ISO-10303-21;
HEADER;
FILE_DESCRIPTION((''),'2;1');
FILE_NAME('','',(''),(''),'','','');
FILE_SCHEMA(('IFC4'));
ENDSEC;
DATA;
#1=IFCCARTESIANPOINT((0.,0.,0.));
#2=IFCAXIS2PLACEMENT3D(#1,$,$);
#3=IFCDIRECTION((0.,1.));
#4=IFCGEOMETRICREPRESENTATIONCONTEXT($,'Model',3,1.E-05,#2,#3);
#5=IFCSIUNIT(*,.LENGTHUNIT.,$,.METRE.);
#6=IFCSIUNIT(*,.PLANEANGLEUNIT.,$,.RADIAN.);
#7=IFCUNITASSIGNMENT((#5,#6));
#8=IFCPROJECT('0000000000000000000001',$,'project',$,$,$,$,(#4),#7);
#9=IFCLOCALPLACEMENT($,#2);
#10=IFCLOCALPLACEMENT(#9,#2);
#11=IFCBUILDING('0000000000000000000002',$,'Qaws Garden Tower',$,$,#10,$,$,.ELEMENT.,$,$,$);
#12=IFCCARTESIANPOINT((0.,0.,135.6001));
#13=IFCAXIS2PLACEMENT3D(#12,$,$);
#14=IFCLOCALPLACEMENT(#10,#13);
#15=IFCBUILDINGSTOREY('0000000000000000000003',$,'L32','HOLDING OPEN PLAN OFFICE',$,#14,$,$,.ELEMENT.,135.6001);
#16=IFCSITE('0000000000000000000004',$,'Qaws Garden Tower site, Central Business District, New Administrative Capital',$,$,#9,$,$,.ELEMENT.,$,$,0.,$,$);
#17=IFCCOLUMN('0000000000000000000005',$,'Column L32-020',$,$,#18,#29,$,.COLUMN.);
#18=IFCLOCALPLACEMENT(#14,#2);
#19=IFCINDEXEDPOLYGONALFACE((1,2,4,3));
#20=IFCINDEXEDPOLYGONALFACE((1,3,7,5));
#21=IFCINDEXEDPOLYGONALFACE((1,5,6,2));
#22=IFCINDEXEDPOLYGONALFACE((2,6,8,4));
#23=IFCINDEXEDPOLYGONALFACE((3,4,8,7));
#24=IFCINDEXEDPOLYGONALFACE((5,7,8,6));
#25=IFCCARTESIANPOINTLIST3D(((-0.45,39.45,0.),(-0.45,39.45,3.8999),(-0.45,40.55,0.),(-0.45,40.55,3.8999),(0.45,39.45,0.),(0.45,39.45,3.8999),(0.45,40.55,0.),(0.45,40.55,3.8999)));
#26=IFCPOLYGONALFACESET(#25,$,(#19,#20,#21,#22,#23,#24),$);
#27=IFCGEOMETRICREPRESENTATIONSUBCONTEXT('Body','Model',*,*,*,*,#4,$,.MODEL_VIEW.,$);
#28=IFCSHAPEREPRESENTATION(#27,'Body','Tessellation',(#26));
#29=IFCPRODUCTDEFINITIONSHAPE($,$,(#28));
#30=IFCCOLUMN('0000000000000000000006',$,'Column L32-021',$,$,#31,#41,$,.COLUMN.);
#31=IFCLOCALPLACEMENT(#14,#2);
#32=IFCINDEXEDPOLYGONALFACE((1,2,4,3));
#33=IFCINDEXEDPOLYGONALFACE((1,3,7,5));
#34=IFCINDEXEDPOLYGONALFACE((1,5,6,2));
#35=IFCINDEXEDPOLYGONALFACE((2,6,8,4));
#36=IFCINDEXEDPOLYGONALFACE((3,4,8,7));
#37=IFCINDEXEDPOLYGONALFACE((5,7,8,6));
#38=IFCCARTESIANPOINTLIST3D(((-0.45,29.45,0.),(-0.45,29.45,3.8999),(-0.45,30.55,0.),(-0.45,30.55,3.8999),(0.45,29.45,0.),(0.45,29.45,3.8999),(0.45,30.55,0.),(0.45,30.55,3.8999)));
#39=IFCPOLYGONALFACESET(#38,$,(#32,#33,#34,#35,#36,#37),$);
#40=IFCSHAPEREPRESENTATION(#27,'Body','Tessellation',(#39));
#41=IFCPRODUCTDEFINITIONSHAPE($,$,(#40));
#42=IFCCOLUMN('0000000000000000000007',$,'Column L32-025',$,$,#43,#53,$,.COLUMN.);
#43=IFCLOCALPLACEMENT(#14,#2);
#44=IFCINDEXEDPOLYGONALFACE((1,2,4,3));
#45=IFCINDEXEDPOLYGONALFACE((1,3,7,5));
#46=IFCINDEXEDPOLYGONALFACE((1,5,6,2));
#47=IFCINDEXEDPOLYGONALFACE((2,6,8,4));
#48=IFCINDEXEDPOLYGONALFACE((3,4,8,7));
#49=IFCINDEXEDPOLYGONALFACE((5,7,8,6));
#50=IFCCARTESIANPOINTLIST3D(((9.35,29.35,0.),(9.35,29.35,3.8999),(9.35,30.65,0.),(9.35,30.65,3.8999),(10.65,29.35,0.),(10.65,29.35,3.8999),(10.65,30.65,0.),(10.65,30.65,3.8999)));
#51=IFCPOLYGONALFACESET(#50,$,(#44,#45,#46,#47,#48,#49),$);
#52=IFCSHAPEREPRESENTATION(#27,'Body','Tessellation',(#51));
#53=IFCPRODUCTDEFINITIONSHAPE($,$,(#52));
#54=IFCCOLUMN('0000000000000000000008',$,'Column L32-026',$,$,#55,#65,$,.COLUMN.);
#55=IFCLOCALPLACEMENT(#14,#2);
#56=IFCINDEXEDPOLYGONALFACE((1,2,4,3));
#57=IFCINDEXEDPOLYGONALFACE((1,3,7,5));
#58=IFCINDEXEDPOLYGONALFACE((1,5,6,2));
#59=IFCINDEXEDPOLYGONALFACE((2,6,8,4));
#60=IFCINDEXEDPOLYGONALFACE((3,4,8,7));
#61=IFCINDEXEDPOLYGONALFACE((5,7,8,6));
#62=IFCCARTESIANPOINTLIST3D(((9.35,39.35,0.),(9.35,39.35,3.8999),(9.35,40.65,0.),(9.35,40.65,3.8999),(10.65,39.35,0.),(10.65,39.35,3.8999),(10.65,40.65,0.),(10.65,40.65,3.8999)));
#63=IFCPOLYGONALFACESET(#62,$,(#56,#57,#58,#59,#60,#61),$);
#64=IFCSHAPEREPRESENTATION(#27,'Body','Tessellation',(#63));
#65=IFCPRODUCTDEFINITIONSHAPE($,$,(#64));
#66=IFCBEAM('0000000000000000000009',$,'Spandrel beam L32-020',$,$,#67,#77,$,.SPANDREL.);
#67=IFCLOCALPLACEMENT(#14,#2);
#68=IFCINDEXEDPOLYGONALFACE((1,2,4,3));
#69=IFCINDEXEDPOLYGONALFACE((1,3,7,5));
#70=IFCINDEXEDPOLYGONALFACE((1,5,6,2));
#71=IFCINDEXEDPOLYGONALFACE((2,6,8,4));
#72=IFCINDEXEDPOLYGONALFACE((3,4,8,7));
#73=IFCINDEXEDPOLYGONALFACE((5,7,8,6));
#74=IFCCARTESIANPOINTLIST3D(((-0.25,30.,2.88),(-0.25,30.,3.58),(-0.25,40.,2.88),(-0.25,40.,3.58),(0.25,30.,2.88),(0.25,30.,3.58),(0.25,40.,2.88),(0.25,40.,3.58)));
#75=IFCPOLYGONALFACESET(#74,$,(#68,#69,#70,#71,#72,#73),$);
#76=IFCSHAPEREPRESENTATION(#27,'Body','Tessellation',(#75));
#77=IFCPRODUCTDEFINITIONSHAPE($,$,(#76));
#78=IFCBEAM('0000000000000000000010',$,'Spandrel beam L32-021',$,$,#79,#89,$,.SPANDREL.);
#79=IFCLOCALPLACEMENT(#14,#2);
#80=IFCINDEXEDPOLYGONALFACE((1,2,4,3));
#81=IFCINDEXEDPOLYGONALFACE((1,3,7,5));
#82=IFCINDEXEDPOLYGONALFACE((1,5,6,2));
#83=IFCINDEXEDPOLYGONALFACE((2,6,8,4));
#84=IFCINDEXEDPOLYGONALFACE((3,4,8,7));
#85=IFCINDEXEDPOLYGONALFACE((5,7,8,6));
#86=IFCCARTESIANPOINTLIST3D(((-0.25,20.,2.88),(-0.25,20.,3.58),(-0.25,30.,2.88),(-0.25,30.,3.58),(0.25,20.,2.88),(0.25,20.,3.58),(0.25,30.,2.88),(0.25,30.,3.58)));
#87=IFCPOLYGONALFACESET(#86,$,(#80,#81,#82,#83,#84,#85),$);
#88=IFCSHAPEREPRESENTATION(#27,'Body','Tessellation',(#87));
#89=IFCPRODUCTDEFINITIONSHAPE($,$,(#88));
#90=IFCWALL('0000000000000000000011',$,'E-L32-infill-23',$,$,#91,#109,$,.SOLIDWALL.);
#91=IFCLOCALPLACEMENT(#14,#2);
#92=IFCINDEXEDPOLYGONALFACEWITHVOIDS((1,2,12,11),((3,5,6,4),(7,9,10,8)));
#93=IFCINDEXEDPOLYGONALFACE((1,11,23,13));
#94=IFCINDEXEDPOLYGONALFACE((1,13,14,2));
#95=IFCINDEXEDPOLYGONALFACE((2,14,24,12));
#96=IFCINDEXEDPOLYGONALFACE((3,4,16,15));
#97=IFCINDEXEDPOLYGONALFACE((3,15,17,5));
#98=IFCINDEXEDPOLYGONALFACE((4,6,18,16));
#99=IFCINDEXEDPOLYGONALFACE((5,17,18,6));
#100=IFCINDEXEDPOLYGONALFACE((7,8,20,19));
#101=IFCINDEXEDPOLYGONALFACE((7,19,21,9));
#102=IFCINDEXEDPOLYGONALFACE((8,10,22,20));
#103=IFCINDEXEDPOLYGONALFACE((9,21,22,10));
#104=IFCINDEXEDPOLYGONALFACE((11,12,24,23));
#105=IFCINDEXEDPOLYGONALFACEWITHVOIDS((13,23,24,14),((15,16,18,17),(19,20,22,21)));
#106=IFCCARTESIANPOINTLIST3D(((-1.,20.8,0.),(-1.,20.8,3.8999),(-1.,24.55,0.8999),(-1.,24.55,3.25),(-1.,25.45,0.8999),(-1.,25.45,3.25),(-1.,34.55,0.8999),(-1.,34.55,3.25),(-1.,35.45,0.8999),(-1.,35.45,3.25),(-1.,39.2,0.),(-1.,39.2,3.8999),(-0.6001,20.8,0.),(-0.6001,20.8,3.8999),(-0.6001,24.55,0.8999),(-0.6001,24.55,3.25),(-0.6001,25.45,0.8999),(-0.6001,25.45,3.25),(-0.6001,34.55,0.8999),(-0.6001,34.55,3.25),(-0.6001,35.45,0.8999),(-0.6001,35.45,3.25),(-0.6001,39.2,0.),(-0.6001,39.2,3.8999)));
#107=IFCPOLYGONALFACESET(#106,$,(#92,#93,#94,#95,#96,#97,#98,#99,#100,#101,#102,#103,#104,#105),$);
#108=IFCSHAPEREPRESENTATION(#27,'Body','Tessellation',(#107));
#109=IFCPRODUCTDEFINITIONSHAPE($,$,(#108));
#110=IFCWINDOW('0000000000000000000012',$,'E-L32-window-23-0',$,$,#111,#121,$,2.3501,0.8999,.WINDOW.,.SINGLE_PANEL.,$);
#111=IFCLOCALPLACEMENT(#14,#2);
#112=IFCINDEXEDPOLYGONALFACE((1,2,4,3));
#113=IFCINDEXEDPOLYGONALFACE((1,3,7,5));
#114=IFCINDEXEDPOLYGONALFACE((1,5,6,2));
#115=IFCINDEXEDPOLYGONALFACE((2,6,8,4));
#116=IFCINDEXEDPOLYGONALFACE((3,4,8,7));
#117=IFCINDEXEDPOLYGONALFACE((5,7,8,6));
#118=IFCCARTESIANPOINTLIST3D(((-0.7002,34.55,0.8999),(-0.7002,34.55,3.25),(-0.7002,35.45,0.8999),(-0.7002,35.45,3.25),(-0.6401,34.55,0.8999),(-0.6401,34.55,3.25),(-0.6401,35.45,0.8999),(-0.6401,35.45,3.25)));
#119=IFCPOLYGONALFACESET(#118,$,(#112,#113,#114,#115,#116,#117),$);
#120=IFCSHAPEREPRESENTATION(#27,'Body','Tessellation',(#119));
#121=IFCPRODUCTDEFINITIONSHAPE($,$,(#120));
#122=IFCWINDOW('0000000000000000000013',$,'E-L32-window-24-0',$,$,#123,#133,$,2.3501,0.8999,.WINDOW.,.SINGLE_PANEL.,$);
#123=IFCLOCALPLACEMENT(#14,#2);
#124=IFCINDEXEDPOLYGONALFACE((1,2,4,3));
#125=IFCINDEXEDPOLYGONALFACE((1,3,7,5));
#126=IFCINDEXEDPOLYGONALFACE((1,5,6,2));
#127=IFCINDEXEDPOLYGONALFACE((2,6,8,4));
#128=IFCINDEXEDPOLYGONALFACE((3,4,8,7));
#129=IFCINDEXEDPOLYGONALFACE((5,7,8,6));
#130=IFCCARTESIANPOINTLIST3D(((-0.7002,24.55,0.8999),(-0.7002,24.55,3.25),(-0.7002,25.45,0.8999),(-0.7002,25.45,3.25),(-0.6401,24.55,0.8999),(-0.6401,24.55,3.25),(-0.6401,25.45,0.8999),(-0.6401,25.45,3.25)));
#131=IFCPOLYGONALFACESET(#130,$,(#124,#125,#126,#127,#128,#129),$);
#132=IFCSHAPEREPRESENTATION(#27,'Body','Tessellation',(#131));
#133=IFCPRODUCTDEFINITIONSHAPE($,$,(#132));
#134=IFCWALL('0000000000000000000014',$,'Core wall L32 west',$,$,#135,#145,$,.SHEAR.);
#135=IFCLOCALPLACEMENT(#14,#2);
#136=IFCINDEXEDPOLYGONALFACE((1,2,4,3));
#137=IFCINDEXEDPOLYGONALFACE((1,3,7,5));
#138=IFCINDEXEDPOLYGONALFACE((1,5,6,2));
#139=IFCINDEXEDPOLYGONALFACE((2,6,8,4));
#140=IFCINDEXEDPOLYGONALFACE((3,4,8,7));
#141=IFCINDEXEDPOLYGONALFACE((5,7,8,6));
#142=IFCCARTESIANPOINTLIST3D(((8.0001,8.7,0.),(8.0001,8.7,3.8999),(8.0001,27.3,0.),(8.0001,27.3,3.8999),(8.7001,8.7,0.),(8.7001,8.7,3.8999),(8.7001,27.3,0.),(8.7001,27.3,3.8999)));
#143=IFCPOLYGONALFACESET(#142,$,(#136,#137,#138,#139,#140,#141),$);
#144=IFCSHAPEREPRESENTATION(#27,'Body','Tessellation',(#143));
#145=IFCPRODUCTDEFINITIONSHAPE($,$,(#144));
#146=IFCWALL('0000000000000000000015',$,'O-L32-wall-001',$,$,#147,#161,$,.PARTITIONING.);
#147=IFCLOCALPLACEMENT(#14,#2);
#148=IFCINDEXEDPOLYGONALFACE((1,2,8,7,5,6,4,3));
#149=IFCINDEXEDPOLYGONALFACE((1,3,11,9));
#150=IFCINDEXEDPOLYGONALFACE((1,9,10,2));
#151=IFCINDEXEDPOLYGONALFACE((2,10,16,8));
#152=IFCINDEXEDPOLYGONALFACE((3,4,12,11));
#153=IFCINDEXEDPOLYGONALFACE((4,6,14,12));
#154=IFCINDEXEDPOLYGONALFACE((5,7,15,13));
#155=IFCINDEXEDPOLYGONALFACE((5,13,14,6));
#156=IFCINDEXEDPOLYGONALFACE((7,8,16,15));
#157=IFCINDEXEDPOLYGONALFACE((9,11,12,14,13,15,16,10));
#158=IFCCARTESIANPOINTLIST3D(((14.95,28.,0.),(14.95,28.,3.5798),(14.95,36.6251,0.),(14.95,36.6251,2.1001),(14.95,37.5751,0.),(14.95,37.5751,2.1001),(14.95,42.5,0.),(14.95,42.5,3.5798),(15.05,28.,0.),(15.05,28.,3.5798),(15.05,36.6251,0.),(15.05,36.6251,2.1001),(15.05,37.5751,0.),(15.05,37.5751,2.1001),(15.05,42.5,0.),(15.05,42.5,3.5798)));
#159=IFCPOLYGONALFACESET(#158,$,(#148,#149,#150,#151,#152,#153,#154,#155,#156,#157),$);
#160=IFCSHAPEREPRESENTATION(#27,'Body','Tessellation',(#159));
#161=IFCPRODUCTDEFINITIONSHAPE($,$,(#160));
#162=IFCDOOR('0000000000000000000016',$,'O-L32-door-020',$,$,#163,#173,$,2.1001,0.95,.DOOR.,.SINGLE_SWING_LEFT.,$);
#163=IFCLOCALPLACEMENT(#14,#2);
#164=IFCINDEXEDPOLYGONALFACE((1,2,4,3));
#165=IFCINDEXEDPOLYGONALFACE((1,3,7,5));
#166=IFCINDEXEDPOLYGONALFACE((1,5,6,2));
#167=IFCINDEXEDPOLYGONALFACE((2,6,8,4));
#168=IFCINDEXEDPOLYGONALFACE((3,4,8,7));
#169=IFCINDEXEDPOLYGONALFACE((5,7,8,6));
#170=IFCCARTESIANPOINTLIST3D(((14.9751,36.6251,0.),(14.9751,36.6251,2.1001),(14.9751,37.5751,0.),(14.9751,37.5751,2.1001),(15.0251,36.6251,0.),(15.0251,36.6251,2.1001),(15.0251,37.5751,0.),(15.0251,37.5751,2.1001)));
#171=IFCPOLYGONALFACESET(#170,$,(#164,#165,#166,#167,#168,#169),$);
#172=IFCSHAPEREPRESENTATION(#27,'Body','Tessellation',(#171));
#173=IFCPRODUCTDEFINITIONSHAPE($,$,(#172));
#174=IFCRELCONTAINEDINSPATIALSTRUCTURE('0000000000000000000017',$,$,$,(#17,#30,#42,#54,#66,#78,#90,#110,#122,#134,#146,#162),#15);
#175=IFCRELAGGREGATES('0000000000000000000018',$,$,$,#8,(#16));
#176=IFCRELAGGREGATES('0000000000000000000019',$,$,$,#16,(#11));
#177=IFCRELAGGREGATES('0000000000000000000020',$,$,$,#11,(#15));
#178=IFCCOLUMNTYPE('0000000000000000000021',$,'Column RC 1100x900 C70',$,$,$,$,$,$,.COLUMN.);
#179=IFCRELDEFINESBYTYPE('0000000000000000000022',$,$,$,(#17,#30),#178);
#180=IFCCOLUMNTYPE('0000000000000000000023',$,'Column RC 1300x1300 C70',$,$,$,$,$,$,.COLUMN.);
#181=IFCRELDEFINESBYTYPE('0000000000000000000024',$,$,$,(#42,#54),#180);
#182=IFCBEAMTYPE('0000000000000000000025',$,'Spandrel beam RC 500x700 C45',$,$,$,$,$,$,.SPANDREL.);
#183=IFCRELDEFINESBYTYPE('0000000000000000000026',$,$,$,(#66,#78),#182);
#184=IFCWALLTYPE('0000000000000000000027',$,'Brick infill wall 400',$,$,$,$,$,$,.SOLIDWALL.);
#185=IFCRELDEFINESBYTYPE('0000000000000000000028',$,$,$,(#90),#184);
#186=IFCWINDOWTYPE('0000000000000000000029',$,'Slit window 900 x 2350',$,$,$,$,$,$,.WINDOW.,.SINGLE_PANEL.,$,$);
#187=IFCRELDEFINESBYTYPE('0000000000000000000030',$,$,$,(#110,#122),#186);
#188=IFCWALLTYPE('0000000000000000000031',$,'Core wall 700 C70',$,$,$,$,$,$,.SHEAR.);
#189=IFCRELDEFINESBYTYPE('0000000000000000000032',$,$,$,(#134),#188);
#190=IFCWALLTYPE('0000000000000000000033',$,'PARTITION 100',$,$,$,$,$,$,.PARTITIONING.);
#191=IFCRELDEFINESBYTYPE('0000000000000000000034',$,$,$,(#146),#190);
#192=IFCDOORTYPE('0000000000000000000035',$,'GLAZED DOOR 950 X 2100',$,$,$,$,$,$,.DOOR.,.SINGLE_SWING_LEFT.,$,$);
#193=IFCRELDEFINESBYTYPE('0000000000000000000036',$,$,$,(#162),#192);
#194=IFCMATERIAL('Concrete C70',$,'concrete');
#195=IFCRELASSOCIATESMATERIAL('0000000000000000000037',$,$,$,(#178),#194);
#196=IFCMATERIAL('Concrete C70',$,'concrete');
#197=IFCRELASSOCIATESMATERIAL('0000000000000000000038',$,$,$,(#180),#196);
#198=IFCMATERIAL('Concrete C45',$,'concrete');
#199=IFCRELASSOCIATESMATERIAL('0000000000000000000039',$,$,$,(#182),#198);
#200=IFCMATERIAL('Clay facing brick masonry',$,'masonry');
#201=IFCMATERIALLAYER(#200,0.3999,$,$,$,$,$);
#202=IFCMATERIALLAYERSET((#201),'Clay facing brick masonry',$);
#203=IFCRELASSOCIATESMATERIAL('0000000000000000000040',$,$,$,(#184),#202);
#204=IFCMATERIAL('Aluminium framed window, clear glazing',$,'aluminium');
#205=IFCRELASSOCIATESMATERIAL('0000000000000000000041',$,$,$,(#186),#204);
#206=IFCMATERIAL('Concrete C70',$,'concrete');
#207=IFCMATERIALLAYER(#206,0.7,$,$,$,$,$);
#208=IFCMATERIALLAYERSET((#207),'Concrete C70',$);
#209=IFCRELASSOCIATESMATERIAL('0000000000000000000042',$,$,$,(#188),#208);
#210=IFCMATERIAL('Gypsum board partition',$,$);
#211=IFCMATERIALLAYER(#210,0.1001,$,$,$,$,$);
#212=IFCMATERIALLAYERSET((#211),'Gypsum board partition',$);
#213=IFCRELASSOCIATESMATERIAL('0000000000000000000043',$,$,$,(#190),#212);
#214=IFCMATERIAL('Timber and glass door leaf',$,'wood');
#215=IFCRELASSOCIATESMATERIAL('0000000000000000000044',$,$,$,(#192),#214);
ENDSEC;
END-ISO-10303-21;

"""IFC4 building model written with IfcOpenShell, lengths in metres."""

from ifc_helpers import new_model, si_unit, direction, frame, frame_2d, origin, origin_2d, place, context, subcontext, project, spatial, rectangle, extrude, material, layer, layer_set, material_profile, profile_set, type_object, element, fill, save


model = new_model("IFC4")

# Units and contexts
model_context = context("Model", 3, precision=1e-05, world=origin(), true_north=direction((0.0, 1.0)))
body_context = subcontext(model_context, "Body", "Model", "MODEL_VIEW")
ifc_project = project(units=[si_unit("LENGTHUNIT", "METRE"), si_unit("PLANEANGLEUNIT", "RADIAN")], contexts=[model_context])

# Site, building, storey
site_placement = place(None, origin())
site = spatial("IfcSite", under=ifc_project, at=site_placement, Name="Qaws Garden Tower site, Central Business District, New Administrative Capital", CompositionType="ELEMENT", RefElevation=0.0)
building_placement = place(site_placement, origin())
building = spatial("IfcBuilding", under=site, at=building_placement, Name="Qaws Garden Tower", CompositionType="ELEMENT")
storey_placement = place(building_placement, frame((0.0, 0.0, 135.6001)))
storey = spatial("IfcBuildingStorey", under=building, at=storey_placement, Name="L32", Description="HOLDING OPEN PLAN OFFICE", CompositionType="ELEMENT", Elevation=135.6001)

# Columns
ifc_material_1 = material(Name="Concrete C70", Category="concrete")
ifc_material_profile_1 = material_profile(ifc_material_1, rectangle(XDim=1.1001, YDim=0.8999, at=origin_2d()), Name="RC 1100x900")
ifc_profile_set_1 = profile_set([ifc_material_profile_1], Name="Concrete C70")
column_type_1 = type_object("IfcColumnType", Name="Column RC 1100x900 C70", PredefinedType="COLUMN", material=ifc_profile_set_1)
for number, where, z_axis, x_axis, name in (
    (1, (0.0, 40.0, 0.0), (0.0, 0.0, 1.0), (0.0, 1.0, 0.0), "Column L32-020"),
    (2, (0.0, 30.0, 0.0), (0.0, 0.0, 1.0), (0.0, 1.0, 0.0), "Column L32-021"),
):
    element("IfcColumn", number, at=place(storey_placement, frame(where, z_axis=z_axis, x_axis=x_axis)), inside=storey, type_object=column_type_1, Name=name, PredefinedType="COLUMN", context=body_context, shape_type="SweptSolid", body=[
        extrude(rectangle(XDim=1.1001, YDim=0.8999, at=origin_2d()), origin(), (0.0, 0.0, 1.0), 3.8999),
    ])
ifc_material_2 = material(Name="Concrete C70", Category="concrete")
ifc_material_profile_2 = material_profile(ifc_material_2, rectangle(XDim=1.3, YDim=1.3, at=origin_2d()), Name="RC 1300x1300")
ifc_profile_set_2 = profile_set([ifc_material_profile_2], Name="Concrete C70")
column_type_2 = type_object("IfcColumnType", Name="Column RC 1300x1300 C70", PredefinedType="COLUMN", material=ifc_profile_set_2)
for number, where, z_axis, x_axis, name in (
    (3, (10.0, 30.0, 0.0), (0.0, 0.0, 1.0), (1.0, 0.0, 0.0), "Column L32-025"),
    (4, (10.0, 40.0, 0.0), (0.0, 0.0, 1.0), (1.0, 0.0, 0.0), "Column L32-026"),
):
    element("IfcColumn", number, at=place(storey_placement, frame(where, z_axis=z_axis, x_axis=x_axis)), inside=storey, type_object=column_type_2, Name=name, PredefinedType="COLUMN", context=body_context, shape_type="SweptSolid", body=[
        extrude(rectangle(XDim=1.3, YDim=1.3, at=origin_2d()), origin(), (0.0, 0.0, 1.0), 3.8999),
    ])

# Beams
ifc_material_3 = material(Name="Concrete C45", Category="concrete")
ifc_material_profile_3 = material_profile(ifc_material_3, rectangle(XDim=0.5, YDim=0.7, at=origin_2d()), Name="RC 500x700")
ifc_profile_set_3 = profile_set([ifc_material_profile_3], Name="Concrete C45")
beam_type = type_object("IfcBeamType", Name="Spandrel beam RC 500x700 C45", PredefinedType="SPANDREL", material=ifc_profile_set_3)
for number, where, z_axis, x_axis, name in (
    (5, (0.0, 40.0, 3.23), (0.0, -1.0, 0.0), (1.0, 0.0, 0.0), "Spandrel beam L32-020"),
    (6, (0.0, 30.0, 3.23), (0.0, -1.0, 0.0), (1.0, 0.0, 0.0), "Spandrel beam L32-021"),
):
    element("IfcBeam", number, at=place(storey_placement, frame(where, z_axis=z_axis, x_axis=x_axis)), inside=storey, type_object=beam_type, Name=name, PredefinedType="SPANDREL", context=body_context, shape_type="SweptSolid", body=[
        extrude(rectangle(XDim=0.5, YDim=0.7, at=origin_2d()), origin(), (0.0, 0.0, 1.0), 10.0),
    ])

# Wall, openings, windows
ifc_material_4 = material(Name="Clay facing brick masonry", Category="masonry")
ifc_layer_1 = layer(ifc_material_4, 0.3999)
ifc_layer_set_1 = layer_set([ifc_layer_1], Name="Clay facing brick masonry")
wall_type_1 = type_object("IfcWallType", Name="Brick infill wall 400", PredefinedType="SOLIDWALL", material=ifc_layer_set_1)
wall_1_placement = place(storey_placement, frame((-0.8, 39.2, 0.0), z_axis=(0.0, 0.0, 1.0), x_axis=(0.0, -1.0, 0.0)))
wall_1 = element("IfcWall", 7, at=wall_1_placement, inside=storey, type_object=wall_type_1, Name="E-L32-infill-23", PredefinedType="SOLIDWALL", context=body_context, shape_type="SweptSolid", body=[
    extrude(rectangle(XDim=18.3999, YDim=0.3999, at=frame_2d((9.2, 0.0))), origin(), (0.0, 0.0, 1.0), 3.8999),
])
opening_1_placement = place(wall_1_placement, frame((3.75, 0.0, 0.8999)))
opening_1 = element("IfcOpeningElement", 8, at=opening_1_placement, cuts=wall_1, PredefinedType="OPENING", context=body_context, shape_type="SweptSolid", body=[
    extrude(rectangle(XDim=0.8999, YDim=2.3501, at=frame_2d((0.45, 1.175))), frame((0.0, 0.21, 0.0), z_axis=(0.0, -1.0, 0.0), x_axis=(1.0, 0.0, 0.0)), (0.0, 0.0, 1.0), 0.4199),
])
opening_2_placement = place(wall_1_placement, frame((13.75, 0.0, 0.8999)))
opening_2 = element("IfcOpeningElement", 9, at=opening_2_placement, cuts=wall_1, PredefinedType="OPENING", context=body_context, shape_type="SweptSolid", body=[
    extrude(rectangle(XDim=0.8999, YDim=2.3501, at=frame_2d((0.45, 1.175))), frame((0.0, 0.21, 0.0), z_axis=(0.0, -1.0, 0.0), x_axis=(1.0, 0.0, 0.0)), (0.0, 0.0, 1.0), 0.4199),
])
ifc_material_5 = material(Name="Aluminium framed window, clear glazing", Category="aluminium")
window_type = type_object("IfcWindowType", Name="Slit window 900 x 2350", PartitioningType="SINGLE_PANEL", PredefinedType="WINDOW", material=ifc_material_5)
window_1_placement = place(opening_1_placement, origin())
window_1 = element("IfcWindow", 10, at=window_1_placement, inside=storey, type_object=window_type, Name="E-L32-window-23-0", OverallHeight=2.3501, OverallWidth=0.8999, PartitioningType="SINGLE_PANEL", PredefinedType="WINDOW", context=body_context, shape_type="SweptSolid", body=[
    extrude(rectangle(XDim=0.8999, YDim=2.3501, at=frame_2d((0.45, 1.175))), frame((0.0, 0.1599, 0.0), z_axis=(0.0, -1.0, 0.0), x_axis=(1.0, 0.0, 0.0)), (0.0, 0.0, 1.0), 0.0601),
])
fill(opening_1, window_1)
window_2_placement = place(opening_2_placement, origin())
window_2 = element("IfcWindow", 11, at=window_2_placement, inside=storey, type_object=window_type, Name="E-L32-window-24-0", OverallHeight=2.3501, OverallWidth=0.8999, PartitioningType="SINGLE_PANEL", PredefinedType="WINDOW", context=body_context, shape_type="SweptSolid", body=[
    extrude(rectangle(XDim=0.8999, YDim=2.3501, at=frame_2d((0.45, 1.175))), frame((0.0, 0.1599, 0.0), z_axis=(0.0, -1.0, 0.0), x_axis=(1.0, 0.0, 0.0)), (0.0, 0.0, 1.0), 0.0601),
])
fill(opening_2, window_2)

# Wall
ifc_material_6 = material(Name="Concrete C70", Category="concrete")
ifc_layer_2 = layer(ifc_material_6, 0.7)
ifc_layer_set_2 = layer_set([ifc_layer_2], Name="Concrete C70")
wall_type_2 = type_object("IfcWallType", Name="Core wall 700 C70", PredefinedType="SHEAR", material=ifc_layer_set_2)
wall_2_placement = place(storey_placement, frame((8.3501, 27.3, 0.0), z_axis=(0.0, 0.0, 1.0), x_axis=(0.0, -1.0, 0.0)))
element("IfcWall", 12, at=wall_2_placement, inside=storey, type_object=wall_type_2, Name="Core wall L32 west", PredefinedType="SHEAR", context=body_context, shape_type="SweptSolid", body=[
    extrude(rectangle(XDim=18.6001, YDim=0.7, at=frame_2d((9.3, 0.0))), origin(), (0.0, 0.0, 1.0), 3.8999),
])

# Wall, opening, door
ifc_material_7 = material(Name="Gypsum board partition")
ifc_layer_3 = layer(ifc_material_7, 0.1001)
ifc_layer_set_3 = layer_set([ifc_layer_3], Name="Gypsum board partition")
wall_type_3 = type_object("IfcWallType", Name="PARTITION 100", PredefinedType="PARTITIONING", material=ifc_layer_set_3)
wall_3_placement = place(storey_placement, frame((15.0, 28.0, 0.0), z_axis=(0.0, 0.0, 1.0), x_axis=(0.0, 1.0, 0.0)))
wall_3 = element("IfcWall", 13, at=wall_3_placement, inside=storey, type_object=wall_type_3, Name="O-L32-wall-001", PredefinedType="PARTITIONING", context=body_context, shape_type="SweptSolid", body=[
    extrude(rectangle(XDim=14.5, YDim=0.1001, at=frame_2d((7.25, 0.0))), origin(), (0.0, 0.0, 1.0), 3.5798),
])
opening_3_placement = place(wall_3_placement, frame((8.625, 0.0, 0.0)))
opening_3 = element("IfcOpeningElement", 14, at=opening_3_placement, cuts=wall_3, PredefinedType="OPENING", context=body_context, shape_type="SweptSolid", body=[
    extrude(rectangle(XDim=0.95, YDim=2.1001, at=frame_2d((0.4751, 1.05))), frame((0.0, 0.0601, 0.0), z_axis=(0.0, -1.0, 0.0), x_axis=(1.0, 0.0, 0.0)), (0.0, 0.0, 1.0), 0.1201),
])
ifc_material_8 = material(Name="Timber and glass door leaf", Category="wood")
door_type = type_object("IfcDoorType", Name="GLAZED DOOR 950 X 2100", OperationType="SINGLE_SWING_LEFT", PredefinedType="DOOR", material=ifc_material_8)
door_placement = place(opening_3_placement, origin())
door = element("IfcDoor", 15, at=door_placement, inside=storey, type_object=door_type, Name="O-L32-door-020", OperationType="SINGLE_SWING_LEFT", OverallHeight=2.1001, OverallWidth=0.95, PredefinedType="DOOR", context=body_context, shape_type="SweptSolid", body=[
    extrude(rectangle(XDim=0.95, YDim=2.1001, at=frame_2d((0.4751, 1.05))), frame((0.0, 0.0249, 0.0), z_axis=(0.0, -1.0, 0.0), x_axis=(1.0, 0.0, 0.0)), (0.0, 0.0, 1.0), 0.05),
])
fill(opening_3, door)

save(model, "model.ifc")
